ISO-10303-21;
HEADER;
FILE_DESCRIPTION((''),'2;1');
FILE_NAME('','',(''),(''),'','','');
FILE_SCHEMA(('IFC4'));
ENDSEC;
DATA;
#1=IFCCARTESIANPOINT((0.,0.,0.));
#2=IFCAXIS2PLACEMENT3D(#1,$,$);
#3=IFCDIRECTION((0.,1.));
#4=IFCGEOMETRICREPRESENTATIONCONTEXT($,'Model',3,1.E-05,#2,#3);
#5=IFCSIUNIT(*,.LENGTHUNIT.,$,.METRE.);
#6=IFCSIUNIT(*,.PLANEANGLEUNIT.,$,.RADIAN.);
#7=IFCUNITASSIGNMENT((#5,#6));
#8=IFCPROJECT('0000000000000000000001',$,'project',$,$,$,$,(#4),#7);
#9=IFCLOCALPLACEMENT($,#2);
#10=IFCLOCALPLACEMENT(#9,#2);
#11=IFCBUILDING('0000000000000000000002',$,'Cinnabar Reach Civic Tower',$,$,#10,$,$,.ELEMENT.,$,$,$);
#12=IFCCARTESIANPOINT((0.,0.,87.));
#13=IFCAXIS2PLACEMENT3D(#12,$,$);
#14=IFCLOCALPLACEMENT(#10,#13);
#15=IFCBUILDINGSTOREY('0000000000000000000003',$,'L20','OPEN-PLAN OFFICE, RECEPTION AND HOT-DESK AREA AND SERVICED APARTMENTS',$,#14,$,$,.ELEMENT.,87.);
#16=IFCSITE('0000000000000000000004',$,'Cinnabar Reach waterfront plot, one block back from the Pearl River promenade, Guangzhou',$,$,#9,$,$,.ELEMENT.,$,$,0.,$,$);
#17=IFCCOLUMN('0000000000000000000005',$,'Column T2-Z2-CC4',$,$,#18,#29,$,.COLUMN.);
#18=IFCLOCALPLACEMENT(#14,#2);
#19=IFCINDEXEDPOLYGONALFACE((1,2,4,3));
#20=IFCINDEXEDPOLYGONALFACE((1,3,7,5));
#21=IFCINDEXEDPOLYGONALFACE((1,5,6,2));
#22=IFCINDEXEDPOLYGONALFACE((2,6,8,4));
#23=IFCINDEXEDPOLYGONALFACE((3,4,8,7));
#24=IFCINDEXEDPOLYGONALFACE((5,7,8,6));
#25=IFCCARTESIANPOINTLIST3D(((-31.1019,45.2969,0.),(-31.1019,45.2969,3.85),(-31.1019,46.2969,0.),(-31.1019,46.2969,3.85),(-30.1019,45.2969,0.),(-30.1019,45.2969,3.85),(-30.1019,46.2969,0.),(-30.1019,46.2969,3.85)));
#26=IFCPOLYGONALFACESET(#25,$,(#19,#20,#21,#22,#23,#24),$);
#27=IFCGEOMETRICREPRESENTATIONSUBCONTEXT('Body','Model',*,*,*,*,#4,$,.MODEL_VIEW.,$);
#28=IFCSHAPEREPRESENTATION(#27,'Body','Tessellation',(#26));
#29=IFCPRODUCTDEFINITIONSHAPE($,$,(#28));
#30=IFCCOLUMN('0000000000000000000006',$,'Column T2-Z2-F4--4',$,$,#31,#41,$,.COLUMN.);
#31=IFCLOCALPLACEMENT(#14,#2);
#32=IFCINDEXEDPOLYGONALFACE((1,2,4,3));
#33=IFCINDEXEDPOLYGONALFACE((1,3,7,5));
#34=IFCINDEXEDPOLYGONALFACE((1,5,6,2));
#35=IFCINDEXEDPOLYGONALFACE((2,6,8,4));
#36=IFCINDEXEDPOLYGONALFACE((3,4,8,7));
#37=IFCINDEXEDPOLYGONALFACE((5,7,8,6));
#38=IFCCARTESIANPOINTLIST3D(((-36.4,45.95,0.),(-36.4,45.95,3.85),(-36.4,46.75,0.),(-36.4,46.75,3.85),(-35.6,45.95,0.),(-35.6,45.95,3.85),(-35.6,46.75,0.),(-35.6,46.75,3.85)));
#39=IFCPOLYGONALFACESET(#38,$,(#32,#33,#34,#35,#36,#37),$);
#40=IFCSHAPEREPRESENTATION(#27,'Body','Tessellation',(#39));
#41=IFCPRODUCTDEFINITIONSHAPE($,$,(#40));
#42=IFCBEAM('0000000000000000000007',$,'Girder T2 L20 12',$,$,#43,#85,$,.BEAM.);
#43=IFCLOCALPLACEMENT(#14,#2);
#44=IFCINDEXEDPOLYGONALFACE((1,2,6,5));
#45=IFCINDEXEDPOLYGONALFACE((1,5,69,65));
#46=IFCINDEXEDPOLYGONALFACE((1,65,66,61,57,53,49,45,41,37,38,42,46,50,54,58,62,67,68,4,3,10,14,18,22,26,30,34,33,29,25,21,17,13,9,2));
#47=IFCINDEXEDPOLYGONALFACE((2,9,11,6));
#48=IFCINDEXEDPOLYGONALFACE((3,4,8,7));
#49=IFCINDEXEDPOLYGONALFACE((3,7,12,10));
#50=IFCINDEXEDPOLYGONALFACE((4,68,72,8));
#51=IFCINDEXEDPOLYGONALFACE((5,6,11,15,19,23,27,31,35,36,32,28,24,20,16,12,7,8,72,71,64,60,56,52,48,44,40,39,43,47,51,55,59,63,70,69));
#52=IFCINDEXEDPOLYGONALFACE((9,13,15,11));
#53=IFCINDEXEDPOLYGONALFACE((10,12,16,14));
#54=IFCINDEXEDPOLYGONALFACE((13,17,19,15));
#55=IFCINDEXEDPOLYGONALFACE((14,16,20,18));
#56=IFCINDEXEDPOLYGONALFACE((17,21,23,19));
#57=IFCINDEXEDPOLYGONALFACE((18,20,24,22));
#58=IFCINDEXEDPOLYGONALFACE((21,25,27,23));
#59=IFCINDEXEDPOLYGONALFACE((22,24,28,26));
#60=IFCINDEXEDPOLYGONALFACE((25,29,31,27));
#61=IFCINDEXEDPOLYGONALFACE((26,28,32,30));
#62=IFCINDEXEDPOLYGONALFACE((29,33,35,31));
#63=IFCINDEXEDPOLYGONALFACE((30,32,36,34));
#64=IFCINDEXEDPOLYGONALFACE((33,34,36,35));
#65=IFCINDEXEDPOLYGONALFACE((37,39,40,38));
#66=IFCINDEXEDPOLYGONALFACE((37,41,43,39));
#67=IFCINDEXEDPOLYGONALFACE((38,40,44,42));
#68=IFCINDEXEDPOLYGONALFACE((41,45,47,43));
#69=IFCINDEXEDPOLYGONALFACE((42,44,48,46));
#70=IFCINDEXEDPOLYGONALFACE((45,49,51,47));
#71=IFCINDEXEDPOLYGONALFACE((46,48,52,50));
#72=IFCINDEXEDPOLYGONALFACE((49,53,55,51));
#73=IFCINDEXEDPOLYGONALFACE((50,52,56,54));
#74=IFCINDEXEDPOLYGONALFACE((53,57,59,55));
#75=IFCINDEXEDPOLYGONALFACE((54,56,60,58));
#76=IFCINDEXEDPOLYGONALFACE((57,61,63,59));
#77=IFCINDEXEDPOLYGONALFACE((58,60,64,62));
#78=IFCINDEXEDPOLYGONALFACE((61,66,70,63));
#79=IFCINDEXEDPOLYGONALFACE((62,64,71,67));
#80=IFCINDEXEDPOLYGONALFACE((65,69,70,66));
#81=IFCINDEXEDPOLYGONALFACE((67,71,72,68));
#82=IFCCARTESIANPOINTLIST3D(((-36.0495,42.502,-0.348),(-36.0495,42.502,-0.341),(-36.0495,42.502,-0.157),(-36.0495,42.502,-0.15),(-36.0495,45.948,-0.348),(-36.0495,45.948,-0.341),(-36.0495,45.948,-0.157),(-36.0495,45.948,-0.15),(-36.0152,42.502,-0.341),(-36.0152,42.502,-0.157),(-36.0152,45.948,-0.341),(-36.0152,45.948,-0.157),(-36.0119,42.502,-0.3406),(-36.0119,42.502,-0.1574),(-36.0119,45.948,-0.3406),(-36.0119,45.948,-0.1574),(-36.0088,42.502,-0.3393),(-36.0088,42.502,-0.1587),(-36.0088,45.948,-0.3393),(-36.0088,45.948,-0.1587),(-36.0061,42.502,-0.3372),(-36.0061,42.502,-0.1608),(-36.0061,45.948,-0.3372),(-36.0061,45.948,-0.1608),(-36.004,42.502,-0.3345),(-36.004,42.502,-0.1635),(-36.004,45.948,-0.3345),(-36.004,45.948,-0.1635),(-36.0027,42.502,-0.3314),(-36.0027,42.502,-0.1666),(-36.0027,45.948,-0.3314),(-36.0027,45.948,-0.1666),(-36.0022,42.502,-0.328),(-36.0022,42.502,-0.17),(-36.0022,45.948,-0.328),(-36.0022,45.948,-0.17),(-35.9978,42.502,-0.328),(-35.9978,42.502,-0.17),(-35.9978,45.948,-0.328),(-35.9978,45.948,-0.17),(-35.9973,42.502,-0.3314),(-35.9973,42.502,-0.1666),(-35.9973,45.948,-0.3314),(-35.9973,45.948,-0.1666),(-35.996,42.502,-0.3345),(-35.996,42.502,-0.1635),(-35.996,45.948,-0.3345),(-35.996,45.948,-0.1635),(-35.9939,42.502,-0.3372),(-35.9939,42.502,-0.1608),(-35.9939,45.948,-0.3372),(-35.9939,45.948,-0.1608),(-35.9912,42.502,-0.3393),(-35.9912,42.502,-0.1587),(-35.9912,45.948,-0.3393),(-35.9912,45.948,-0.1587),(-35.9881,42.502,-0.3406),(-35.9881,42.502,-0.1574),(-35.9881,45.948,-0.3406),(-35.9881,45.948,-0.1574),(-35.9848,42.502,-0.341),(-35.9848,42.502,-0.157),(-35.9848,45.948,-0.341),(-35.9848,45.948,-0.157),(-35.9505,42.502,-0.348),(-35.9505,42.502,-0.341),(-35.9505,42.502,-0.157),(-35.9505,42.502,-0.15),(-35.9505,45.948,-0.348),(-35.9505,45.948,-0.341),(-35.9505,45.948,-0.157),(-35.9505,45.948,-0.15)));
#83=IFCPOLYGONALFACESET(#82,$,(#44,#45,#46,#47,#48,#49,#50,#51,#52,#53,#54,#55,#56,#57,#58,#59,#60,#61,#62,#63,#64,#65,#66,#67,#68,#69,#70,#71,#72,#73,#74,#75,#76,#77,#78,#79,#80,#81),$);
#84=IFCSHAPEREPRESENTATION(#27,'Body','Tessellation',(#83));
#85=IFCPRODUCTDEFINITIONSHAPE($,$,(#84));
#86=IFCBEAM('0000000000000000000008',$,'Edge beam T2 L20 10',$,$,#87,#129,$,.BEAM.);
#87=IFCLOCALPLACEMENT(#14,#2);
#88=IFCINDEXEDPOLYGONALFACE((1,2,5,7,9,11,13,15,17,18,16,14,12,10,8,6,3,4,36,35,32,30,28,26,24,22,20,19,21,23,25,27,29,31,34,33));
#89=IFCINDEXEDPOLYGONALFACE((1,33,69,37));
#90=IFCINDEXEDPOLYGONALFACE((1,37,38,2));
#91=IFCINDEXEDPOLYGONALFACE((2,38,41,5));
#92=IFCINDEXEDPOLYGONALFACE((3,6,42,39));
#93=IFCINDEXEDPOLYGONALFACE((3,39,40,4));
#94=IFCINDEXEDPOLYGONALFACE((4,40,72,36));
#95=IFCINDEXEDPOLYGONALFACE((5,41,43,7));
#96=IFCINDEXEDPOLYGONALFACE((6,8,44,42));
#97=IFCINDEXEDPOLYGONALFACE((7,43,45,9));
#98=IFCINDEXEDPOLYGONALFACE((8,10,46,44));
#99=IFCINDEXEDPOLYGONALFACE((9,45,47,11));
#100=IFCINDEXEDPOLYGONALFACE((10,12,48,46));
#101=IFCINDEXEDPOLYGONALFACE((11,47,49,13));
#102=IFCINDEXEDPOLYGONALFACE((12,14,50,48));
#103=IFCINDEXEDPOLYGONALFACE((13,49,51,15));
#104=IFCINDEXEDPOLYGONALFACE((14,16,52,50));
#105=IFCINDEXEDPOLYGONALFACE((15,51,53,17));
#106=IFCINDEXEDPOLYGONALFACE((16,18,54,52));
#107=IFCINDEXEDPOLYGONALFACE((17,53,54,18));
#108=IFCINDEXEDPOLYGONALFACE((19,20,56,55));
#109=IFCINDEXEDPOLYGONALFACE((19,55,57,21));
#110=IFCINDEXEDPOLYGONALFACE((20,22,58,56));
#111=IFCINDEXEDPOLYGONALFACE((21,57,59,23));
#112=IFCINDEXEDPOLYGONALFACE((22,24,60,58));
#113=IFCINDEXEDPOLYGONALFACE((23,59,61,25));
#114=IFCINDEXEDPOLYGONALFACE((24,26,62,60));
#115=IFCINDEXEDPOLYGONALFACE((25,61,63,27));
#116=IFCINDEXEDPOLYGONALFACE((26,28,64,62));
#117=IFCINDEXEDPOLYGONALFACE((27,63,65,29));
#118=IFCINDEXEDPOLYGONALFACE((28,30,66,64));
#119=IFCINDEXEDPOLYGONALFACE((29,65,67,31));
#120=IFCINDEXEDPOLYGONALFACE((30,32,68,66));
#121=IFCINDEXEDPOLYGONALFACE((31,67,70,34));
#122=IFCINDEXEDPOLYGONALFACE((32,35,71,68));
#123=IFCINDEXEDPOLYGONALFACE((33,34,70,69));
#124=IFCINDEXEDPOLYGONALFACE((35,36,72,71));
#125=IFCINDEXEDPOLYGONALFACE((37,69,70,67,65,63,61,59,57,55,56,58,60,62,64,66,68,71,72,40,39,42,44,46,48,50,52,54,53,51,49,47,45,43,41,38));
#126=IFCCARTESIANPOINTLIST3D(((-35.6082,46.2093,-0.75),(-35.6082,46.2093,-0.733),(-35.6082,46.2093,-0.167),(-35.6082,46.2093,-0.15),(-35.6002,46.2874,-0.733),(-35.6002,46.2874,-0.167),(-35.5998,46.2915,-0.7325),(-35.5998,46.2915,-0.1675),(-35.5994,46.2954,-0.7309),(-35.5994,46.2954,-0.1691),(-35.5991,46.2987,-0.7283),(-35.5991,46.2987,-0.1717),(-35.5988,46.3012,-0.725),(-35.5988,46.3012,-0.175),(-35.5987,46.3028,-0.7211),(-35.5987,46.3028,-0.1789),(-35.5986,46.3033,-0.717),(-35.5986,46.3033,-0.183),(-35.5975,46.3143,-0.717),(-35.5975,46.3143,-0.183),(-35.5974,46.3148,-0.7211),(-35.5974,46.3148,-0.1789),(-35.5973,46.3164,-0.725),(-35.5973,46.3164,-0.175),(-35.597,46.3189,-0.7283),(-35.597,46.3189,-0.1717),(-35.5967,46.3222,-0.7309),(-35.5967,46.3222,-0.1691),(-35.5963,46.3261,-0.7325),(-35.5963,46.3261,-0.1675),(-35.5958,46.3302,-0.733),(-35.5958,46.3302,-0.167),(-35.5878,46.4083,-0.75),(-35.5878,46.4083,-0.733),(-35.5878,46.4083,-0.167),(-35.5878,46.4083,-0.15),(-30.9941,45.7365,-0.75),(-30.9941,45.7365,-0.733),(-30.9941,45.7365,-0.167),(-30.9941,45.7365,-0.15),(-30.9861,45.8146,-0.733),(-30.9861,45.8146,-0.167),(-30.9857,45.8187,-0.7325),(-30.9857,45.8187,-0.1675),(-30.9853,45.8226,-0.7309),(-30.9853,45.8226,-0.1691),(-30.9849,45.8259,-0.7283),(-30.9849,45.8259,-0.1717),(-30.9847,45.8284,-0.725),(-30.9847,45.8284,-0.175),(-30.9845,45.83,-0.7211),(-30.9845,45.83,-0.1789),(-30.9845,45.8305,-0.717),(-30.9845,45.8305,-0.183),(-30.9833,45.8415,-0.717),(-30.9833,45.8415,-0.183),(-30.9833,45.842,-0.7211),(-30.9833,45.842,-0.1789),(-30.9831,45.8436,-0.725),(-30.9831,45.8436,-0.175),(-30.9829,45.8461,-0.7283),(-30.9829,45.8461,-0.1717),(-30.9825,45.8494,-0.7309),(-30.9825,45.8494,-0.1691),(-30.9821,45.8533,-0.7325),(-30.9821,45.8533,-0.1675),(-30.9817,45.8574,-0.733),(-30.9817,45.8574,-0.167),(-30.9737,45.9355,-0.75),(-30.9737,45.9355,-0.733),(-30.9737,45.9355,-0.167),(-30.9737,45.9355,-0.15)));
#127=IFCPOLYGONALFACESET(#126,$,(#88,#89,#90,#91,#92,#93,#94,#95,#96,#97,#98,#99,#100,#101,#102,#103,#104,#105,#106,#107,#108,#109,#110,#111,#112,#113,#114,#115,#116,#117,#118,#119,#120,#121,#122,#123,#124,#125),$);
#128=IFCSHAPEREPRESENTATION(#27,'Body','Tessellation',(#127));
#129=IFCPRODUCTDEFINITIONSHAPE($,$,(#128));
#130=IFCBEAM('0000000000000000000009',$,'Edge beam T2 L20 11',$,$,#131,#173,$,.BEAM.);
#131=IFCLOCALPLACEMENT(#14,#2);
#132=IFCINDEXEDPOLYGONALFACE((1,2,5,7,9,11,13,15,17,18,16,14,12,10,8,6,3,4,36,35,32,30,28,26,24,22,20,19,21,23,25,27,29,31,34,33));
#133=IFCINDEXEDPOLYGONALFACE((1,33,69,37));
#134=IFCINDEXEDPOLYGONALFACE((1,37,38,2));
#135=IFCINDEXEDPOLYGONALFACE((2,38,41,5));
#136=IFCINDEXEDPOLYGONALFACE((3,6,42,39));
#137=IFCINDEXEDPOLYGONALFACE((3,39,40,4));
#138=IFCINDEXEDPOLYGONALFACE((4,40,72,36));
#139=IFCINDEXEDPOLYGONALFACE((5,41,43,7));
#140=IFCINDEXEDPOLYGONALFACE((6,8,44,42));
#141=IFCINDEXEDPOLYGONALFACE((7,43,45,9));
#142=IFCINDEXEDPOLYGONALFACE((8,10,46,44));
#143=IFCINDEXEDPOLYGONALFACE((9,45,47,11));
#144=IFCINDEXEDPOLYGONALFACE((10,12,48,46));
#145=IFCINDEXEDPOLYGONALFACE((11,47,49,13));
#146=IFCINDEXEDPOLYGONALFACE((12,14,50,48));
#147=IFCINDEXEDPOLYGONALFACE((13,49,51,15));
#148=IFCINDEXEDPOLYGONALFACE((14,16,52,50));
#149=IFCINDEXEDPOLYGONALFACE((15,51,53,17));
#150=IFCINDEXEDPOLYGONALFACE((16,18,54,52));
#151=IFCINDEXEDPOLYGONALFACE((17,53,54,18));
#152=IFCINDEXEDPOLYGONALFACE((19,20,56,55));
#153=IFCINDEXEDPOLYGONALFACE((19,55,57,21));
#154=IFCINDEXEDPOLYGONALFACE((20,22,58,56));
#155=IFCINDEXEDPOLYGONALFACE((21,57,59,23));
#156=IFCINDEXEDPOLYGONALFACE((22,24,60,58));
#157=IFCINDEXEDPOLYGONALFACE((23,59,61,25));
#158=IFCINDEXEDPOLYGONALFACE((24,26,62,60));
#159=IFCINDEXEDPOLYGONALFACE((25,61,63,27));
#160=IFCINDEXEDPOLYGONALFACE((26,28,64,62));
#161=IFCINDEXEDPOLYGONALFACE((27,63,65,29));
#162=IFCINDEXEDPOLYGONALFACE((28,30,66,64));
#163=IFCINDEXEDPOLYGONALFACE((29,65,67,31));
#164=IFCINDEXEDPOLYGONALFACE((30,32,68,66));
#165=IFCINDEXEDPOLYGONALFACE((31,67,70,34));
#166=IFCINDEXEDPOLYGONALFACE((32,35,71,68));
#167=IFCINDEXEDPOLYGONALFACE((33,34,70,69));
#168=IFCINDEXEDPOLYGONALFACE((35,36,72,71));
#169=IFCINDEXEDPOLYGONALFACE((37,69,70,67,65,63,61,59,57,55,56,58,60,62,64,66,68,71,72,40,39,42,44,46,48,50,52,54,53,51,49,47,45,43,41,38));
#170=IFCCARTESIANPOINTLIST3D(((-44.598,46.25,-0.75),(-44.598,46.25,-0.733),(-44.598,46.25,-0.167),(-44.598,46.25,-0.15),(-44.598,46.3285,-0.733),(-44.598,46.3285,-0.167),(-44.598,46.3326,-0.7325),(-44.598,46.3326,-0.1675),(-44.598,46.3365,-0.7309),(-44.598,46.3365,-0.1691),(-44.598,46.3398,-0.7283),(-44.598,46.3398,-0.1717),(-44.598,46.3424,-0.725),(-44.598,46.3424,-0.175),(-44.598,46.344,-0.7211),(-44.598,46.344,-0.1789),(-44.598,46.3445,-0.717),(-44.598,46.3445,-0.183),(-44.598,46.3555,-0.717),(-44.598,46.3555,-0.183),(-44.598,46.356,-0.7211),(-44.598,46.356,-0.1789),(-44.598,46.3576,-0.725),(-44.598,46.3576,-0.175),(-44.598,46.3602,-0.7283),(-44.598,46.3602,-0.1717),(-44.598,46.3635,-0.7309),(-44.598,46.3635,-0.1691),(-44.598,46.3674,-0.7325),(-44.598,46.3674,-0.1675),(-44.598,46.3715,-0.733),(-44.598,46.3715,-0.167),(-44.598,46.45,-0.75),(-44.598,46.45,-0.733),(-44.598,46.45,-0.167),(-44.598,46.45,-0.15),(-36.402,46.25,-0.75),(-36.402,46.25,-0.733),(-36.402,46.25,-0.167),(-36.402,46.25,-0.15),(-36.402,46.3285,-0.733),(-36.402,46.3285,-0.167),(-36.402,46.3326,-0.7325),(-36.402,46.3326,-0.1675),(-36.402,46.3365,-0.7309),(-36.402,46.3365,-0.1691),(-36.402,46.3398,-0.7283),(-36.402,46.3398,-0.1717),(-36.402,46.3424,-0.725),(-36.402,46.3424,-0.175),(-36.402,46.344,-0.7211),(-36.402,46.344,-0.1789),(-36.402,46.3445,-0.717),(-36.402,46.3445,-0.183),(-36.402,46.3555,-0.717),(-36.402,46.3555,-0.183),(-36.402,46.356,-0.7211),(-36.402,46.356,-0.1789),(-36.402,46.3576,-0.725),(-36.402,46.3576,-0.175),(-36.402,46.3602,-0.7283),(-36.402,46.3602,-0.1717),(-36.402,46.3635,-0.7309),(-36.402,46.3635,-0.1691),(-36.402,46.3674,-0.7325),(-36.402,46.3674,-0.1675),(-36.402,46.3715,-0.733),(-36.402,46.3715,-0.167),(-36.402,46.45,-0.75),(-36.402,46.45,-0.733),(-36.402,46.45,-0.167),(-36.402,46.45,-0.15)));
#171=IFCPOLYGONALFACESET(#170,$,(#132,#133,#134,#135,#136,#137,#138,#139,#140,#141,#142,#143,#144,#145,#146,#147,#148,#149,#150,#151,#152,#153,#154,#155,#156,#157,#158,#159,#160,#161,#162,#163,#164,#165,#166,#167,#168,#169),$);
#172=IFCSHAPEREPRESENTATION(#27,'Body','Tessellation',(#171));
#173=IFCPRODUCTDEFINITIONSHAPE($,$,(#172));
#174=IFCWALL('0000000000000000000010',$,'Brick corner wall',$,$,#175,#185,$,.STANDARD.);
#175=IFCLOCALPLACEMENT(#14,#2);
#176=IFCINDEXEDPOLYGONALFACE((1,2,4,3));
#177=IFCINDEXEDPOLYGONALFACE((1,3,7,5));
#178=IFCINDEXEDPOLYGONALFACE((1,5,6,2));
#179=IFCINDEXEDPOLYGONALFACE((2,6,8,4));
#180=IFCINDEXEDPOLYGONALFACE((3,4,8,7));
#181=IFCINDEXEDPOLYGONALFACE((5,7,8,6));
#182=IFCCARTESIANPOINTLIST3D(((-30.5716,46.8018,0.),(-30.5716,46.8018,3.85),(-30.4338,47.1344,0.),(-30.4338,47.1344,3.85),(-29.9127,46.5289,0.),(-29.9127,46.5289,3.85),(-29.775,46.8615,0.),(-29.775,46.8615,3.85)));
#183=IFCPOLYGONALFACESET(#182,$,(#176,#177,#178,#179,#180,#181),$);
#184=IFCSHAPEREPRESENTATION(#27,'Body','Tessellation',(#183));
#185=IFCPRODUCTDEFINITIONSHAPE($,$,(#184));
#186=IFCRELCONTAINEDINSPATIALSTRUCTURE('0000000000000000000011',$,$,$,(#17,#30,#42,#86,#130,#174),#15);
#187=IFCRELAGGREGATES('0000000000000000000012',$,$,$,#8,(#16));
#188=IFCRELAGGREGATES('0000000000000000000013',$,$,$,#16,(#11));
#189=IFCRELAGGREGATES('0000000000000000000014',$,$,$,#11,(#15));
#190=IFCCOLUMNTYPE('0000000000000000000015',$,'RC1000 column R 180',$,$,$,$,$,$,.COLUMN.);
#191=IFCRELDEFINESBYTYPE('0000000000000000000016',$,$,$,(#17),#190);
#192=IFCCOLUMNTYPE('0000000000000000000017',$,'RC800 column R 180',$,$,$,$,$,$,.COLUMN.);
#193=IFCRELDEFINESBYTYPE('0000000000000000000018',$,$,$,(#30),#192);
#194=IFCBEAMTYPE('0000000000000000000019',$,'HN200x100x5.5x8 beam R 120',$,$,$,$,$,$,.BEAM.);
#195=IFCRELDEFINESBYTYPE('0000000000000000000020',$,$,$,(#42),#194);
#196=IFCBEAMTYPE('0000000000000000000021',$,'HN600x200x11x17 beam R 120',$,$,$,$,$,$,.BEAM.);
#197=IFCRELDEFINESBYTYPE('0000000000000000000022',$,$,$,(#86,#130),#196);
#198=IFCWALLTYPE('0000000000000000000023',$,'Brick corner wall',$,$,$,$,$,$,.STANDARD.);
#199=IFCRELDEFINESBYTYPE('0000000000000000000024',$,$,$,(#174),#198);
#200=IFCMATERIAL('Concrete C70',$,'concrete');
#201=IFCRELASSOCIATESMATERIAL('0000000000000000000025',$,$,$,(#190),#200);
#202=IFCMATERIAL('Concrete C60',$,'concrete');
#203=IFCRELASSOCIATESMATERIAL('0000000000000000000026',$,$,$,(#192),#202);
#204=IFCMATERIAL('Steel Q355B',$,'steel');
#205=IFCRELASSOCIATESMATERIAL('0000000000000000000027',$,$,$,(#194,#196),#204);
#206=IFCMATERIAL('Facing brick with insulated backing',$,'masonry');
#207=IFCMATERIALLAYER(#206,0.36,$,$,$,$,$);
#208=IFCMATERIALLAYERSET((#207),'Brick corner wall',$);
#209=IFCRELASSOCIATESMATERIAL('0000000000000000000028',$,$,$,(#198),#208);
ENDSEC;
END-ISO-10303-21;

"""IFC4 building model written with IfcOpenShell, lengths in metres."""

from ifc_helpers import new_model, si_unit, direction, frame, frame_2d, origin, origin_2d, place, context, subcontext, project, spatial, rectangle, i_section, extrude, material, layer, layer_set, material_profile, profile_set, type_object, element, save


model = new_model("IFC4")

# Units and contexts
model_context = context("Model", 3, precision=1e-05, world=origin(), true_north=direction((0.0, 1.0)))
body_context = subcontext(model_context, "Body", "Model", "MODEL_VIEW")
ifc_project = project(units=[si_unit("LENGTHUNIT", "METRE"), si_unit("PLANEANGLEUNIT", "RADIAN")], contexts=[model_context])

# Site, building, storey
site_placement = place(None, origin())
site = spatial("IfcSite", under=ifc_project, at=site_placement, Name="Cinnabar Reach waterfront plot, one block back from the Pearl River promenade, Guangzhou", CompositionType="ELEMENT", RefElevation=0.0)
building_placement = place(site_placement, origin())
building = spatial("IfcBuilding", under=site, at=building_placement, Name="Cinnabar Reach Civic Tower", CompositionType="ELEMENT")
storey_placement = place(building_placement, frame((0.0, 0.0, 87.0)))
storey = spatial("IfcBuildingStorey", under=building, at=storey_placement, Name="L20", Description="OPEN-PLAN OFFICE, RECEPTION AND HOT-DESK AREA AND SERVICED APARTMENTS", CompositionType="ELEMENT", Elevation=87.0)

# Columns
ifc_material_1 = material(Name="Concrete C70", Category="concrete")
ifc_material_profile_1 = material_profile(ifc_material_1, rectangle(XDim=1.0, YDim=1.0, at=origin_2d()), Name="RC1000")
ifc_profile_set_1 = profile_set([ifc_material_profile_1], Name="Concrete C70")
column_type_1 = type_object("IfcColumnType", Name="RC1000 column R 180", PredefinedType="COLUMN", material=ifc_profile_set_1)
column_1_placement = place(storey_placement, frame((-30.6019, 45.7969, 0.0), z_axis=(0.0, 0.0, 1.0), x_axis=(1.0, 0.0, 0.0)))
element("IfcColumn", 1, at=column_1_placement, inside=storey, type_object=column_type_1, Name="Column T2-Z2-CC4", PredefinedType="COLUMN", context=body_context, shape_type="SweptSolid", body=[
    extrude(rectangle(XDim=1.0, YDim=1.0, at=origin_2d()), origin(), (0.0, 0.0, 1.0), 3.85),
])
ifc_material_2 = material(Name="Concrete C60", Category="concrete")
ifc_material_profile_2 = material_profile(ifc_material_2, rectangle(XDim=0.8, YDim=0.8, at=origin_2d()), Name="RC800")
ifc_profile_set_2 = profile_set([ifc_material_profile_2], Name="Concrete C60")
column_type_2 = type_object("IfcColumnType", Name="RC800 column R 180", PredefinedType="COLUMN", material=ifc_profile_set_2)
column_2_placement = place(storey_placement, frame((-36.0, 46.35, 0.0), z_axis=(0.0, 0.0, 1.0), x_axis=(1.0, 0.0, 0.0)))
element("IfcColumn", 2, at=column_2_placement, inside=storey, type_object=column_type_2, Name="Column T2-Z2-F4--4", PredefinedType="COLUMN", context=body_context, shape_type="SweptSolid", body=[
    extrude(rectangle(XDim=0.8, YDim=0.8, at=origin_2d()), origin(), (0.0, 0.0, 1.0), 3.85),
])

# Beams
ifc_material_3 = material(Name="Steel Q355B", Category="steel")
ifc_material_profile_3 = material_profile(ifc_material_3, i_section(OverallWidth=0.099, OverallDepth=0.198, WebThickness=0.0045, FlangeThickness=0.007, FilletRadius=0.013, at=origin_2d()), Name="HN200x100x5.5x8")
ifc_profile_set_3 = profile_set([ifc_material_profile_3], Name="Steel Q355B")
beam_type_1 = type_object("IfcBeamType", Name="HN200x100x5.5x8 beam R 120", PredefinedType="BEAM", material=ifc_profile_set_3)
beam_1_placement = place(storey_placement, frame((-36.0, 42.502, -0.249), z_axis=(0.0, 1.0, 0.0), x_axis=(-1.0, 0.0, 0.0)))
element("IfcBeam", 3, at=beam_1_placement, inside=storey, type_object=beam_type_1, Name="Girder T2 L20 12", PredefinedType="BEAM", context=body_context, shape_type="SweptSolid", body=[
    extrude(i_section(OverallWidth=0.099, OverallDepth=0.198, WebThickness=0.0045, FlangeThickness=0.007, FilletRadius=0.013, at=origin_2d()), origin(), (0.0, 0.0, 1.0), 3.446),
])
ifc_material_profile_4 = material_profile(ifc_material_3, i_section(OverallWidth=0.2, OverallDepth=0.6, WebThickness=0.011, FlangeThickness=0.017, FilletRadius=0.016, at=origin_2d()), Name="HN600x200x11x17")
ifc_profile_set_4 = profile_set([ifc_material_profile_4], Name="Steel Q355B")
beam_type_2 = type_object("IfcBeamType", Name="HN600x200x11x17 beam R 120", PredefinedType="BEAM", material=ifc_profile_set_4)
beam_2_placement = place(storey_placement, frame((-30.9839, 45.836, -0.45), z_axis=(-0.994791, 0.101935, 0.0), x_axis=(-0.101935, -0.994791, 0.0)))
element("IfcBeam", 4, at=beam_2_placement, inside=storey, type_object=beam_type_2, Name="Edge beam T2 L20 10", PredefinedType="BEAM", context=body_context, shape_type="SweptSolid", body=[
    extrude(i_section(OverallWidth=0.2, OverallDepth=0.6, WebThickness=0.011, FlangeThickness=0.017, FilletRadius=0.016, at=origin_2d()), origin(), (0.0, 0.0, 1.0), 4.6383),
])
beam_3_placement = place(storey_placement, frame((-36.402, 46.35, -0.45), z_axis=(-1.0, 0.0, 0.0), x_axis=(0.0, -1.0, 0.0)))
element("IfcBeam", 5, at=beam_3_placement, inside=storey, type_object=beam_type_2, Name="Edge beam T2 L20 11", PredefinedType="BEAM", context=body_context, shape_type="SweptSolid", body=[
    extrude(i_section(OverallWidth=0.2, OverallDepth=0.6, WebThickness=0.011, FlangeThickness=0.017, FilletRadius=0.016, at=origin_2d()), origin(), (0.0, 0.0, 1.0), 8.196),
])

# Wall
ifc_material_4 = material(Name="Facing brick with insulated backing", Category="masonry")
ifc_layer_1 = layer(ifc_material_4, 0.36)
ifc_layer_set_1 = layer_set([ifc_layer_1], Name="Brick corner wall")
wall_type_1 = type_object("IfcWallType", Name="Brick corner wall", PredefinedType="STANDARD", material=ifc_layer_set_1)
for number, where, z_axis, x_axis, name in (
    (6, (-29.8439, 46.6952, 0.0), (0.0, 0.0, 1.0), (-0.923872, 0.382703, 0.0), "Brick corner wall"),
):
    element("IfcWall", number, at=place(storey_placement, frame(where, z_axis=z_axis, x_axis=x_axis)), inside=storey, type_object=wall_type_1, Name=name, PredefinedType="STANDARD", context=body_context, shape_type="SweptSolid", body=[
        extrude(rectangle(XDim=0.7131, YDim=0.36, at=frame_2d((0.3565, 0.0))), origin(), (0.0, 0.0, 1.0), 3.85),
    ])

save(model, "model.ifc")
